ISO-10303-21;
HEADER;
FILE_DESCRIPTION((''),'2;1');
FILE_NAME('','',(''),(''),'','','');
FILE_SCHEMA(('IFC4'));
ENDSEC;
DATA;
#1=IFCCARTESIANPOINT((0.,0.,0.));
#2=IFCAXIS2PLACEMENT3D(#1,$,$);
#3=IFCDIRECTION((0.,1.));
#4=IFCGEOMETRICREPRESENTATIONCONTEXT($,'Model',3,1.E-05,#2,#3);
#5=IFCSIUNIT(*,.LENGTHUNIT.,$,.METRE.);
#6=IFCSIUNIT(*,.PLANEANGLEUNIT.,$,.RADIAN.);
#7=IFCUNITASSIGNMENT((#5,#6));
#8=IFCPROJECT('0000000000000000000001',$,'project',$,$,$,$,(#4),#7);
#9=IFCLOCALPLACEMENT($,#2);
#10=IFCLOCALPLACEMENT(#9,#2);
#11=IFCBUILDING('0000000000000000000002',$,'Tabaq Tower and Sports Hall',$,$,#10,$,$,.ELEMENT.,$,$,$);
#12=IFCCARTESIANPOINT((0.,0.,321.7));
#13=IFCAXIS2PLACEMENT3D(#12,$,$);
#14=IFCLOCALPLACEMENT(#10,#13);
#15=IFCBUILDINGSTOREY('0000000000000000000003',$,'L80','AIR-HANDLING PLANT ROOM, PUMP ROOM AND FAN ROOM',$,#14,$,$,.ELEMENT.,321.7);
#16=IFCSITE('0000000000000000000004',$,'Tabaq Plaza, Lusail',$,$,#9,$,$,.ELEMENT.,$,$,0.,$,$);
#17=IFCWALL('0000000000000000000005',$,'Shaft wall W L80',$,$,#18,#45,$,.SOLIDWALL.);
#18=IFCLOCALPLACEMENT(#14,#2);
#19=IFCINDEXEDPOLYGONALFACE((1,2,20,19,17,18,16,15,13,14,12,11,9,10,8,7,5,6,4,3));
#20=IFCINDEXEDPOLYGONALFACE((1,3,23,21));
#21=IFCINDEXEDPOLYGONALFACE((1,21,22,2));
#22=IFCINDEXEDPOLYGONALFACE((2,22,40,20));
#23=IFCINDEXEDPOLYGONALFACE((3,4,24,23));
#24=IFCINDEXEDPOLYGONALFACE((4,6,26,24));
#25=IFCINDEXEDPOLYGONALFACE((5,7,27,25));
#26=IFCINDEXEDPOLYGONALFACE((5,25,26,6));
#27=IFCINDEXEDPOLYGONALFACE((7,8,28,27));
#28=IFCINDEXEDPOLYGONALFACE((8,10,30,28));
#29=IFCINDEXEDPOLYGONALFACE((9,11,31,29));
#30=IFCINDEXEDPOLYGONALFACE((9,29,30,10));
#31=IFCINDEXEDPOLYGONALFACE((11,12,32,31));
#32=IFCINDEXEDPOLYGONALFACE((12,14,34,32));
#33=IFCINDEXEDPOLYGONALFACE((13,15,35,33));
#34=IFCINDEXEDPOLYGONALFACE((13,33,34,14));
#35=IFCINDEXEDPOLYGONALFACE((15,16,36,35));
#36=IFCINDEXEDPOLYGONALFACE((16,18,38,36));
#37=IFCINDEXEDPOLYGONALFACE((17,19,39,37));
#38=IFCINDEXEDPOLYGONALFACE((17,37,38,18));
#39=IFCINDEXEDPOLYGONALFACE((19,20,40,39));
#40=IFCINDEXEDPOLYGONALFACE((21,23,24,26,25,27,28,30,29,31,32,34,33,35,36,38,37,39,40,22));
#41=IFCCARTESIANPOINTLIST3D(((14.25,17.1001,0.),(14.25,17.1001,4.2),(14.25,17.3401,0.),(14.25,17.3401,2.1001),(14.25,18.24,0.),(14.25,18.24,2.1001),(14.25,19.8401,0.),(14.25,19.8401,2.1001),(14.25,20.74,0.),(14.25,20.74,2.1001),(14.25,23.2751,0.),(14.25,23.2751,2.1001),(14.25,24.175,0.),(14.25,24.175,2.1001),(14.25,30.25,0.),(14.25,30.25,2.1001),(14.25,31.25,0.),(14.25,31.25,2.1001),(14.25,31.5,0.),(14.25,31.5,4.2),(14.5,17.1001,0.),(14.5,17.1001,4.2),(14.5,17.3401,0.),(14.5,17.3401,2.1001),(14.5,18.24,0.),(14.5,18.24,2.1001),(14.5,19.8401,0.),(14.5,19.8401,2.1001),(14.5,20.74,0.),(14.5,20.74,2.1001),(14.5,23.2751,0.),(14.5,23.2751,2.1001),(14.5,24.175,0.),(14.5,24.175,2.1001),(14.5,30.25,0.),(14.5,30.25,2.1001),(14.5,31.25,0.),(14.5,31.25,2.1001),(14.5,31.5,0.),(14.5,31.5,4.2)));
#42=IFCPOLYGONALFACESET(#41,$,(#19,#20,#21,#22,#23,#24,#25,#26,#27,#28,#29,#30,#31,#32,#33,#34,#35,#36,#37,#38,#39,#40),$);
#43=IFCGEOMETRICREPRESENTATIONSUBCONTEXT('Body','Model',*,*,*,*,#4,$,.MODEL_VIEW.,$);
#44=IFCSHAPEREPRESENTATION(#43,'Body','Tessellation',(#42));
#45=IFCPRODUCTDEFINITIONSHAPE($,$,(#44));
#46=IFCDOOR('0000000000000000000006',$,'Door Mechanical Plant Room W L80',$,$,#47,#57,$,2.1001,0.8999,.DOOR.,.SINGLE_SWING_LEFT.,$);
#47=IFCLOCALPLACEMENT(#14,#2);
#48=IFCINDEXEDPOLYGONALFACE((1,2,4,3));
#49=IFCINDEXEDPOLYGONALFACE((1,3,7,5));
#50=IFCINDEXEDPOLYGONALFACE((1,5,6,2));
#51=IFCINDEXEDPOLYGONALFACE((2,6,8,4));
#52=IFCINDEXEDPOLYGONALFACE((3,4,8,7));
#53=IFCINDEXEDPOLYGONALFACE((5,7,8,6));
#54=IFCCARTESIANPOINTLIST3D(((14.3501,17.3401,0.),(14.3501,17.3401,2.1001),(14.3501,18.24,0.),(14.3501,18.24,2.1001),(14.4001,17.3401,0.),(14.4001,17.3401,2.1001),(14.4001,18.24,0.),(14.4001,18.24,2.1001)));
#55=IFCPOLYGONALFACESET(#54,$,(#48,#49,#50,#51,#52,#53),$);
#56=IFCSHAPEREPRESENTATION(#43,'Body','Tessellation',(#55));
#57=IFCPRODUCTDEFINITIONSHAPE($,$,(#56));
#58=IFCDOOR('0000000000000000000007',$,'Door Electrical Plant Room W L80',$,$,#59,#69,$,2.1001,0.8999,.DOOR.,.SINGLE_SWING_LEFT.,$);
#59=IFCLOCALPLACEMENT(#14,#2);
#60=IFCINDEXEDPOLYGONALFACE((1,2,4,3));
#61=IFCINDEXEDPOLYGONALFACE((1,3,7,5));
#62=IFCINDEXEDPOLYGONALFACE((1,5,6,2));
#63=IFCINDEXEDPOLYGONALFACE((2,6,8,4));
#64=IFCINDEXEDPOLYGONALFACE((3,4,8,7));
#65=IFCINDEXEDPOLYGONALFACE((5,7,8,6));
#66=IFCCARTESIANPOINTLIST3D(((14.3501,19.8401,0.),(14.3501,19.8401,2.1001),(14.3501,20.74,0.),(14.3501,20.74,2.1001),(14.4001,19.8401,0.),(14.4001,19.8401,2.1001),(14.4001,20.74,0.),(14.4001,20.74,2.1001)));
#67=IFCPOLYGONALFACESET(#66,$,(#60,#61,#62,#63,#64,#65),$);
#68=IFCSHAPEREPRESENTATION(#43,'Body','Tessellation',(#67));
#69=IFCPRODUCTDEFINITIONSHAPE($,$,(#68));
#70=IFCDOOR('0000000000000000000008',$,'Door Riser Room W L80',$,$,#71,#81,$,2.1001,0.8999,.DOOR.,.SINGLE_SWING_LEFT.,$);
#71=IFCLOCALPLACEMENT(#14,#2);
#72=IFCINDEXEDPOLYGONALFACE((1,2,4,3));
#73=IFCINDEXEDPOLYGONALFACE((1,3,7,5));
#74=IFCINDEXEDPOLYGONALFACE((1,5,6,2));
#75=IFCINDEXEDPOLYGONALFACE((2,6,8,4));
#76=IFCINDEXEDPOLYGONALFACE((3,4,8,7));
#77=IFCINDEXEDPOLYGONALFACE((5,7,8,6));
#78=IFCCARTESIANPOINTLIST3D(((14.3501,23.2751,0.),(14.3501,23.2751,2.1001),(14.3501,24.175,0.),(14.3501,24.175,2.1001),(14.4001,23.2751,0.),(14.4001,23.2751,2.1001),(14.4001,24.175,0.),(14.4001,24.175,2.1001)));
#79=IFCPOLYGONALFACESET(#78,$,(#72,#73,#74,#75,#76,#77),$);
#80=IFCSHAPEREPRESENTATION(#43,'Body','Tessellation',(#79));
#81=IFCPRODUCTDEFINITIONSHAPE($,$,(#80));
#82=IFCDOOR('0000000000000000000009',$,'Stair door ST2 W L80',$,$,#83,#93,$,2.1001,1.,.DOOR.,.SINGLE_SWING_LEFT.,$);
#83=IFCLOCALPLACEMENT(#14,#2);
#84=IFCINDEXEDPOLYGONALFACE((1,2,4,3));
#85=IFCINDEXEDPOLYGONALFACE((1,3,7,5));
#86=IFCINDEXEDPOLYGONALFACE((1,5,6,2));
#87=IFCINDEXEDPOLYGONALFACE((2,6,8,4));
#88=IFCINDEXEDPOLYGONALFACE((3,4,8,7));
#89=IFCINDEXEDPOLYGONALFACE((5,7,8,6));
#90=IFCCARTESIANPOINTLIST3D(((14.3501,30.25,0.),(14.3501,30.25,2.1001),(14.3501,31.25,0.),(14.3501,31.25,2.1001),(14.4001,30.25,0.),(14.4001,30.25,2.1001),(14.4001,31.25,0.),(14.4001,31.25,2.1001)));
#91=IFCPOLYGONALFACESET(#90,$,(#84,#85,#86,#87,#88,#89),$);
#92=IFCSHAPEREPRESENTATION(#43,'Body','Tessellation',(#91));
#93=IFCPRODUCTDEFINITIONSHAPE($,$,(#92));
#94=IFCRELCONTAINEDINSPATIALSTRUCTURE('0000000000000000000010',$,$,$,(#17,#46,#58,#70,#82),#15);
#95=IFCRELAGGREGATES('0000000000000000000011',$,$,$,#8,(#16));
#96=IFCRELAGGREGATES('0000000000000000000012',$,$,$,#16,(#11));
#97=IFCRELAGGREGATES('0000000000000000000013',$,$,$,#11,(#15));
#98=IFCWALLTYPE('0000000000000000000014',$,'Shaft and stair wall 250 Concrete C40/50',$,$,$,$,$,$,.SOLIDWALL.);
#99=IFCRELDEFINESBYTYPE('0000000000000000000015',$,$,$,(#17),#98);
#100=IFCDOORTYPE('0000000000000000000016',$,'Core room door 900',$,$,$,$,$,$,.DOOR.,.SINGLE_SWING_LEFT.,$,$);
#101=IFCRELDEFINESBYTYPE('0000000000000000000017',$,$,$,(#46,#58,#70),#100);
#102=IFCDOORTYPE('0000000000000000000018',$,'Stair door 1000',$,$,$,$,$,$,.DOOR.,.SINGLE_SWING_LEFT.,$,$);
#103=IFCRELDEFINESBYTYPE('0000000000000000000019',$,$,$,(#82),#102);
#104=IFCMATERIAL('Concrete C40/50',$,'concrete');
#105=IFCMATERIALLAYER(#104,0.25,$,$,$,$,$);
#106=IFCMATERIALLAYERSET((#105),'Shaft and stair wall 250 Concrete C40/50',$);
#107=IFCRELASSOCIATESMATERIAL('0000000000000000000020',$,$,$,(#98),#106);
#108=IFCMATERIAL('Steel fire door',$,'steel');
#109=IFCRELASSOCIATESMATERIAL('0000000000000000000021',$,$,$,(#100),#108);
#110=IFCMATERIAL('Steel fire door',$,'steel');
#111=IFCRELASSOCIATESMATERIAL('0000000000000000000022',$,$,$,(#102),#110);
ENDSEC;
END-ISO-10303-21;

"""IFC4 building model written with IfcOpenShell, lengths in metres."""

from ifc_helpers import new_model, si_unit, direction, frame, frame_2d, origin, place, context, subcontext, project, spatial, rectangle, extrude, material, layer, layer_set, type_object, element, fill, save


model = new_model("IFC4")

# Units and contexts
model_context = context("Model", 3, precision=1e-05, world=origin(), true_north=direction((0.0, 1.0)))
body_context = subcontext(model_context, "Body", "Model", "MODEL_VIEW")
ifc_project = project(units=[si_unit("LENGTHUNIT", "METRE"), si_unit("PLANEANGLEUNIT", "RADIAN")], contexts=[model_context])

# Site, building, storey
site_placement = place(None, origin())
site = spatial("IfcSite", under=ifc_project, at=site_placement, Name="Tabaq Plaza, Lusail", CompositionType="ELEMENT", RefElevation=0.0)
building_placement = place(site_placement, origin())
building = spatial("IfcBuilding", under=site, at=building_placement, Name="Tabaq Tower and Sports Hall", CompositionType="ELEMENT")
storey_placement = place(building_placement, frame((0.0, 0.0, 321.7)))
storey = spatial("IfcBuildingStorey", under=building, at=storey_placement, Name="L80", Description="AIR-HANDLING PLANT ROOM, PUMP ROOM AND FAN ROOM", CompositionType="ELEMENT", Elevation=321.7)

# Wall, openings, doors
ifc_material_1 = material(Name="Concrete C40/50", Category="concrete")
ifc_layer_1 = layer(ifc_material_1, 0.25)
ifc_layer_set_1 = layer_set([ifc_layer_1], Name="Shaft and stair wall 250 Concrete C40/50")
wall_type_1 = type_object("IfcWallType", Name="Shaft and stair wall 250 Concrete C40/50", PredefinedType="SOLIDWALL", material=ifc_layer_set_1)
ifc_material_2 = material(Name="Steel fire door", Category="steel")
door_type_1 = type_object("IfcDoorType", Name="Core room door 900", OperationType="SINGLE_SWING_LEFT", PredefinedType="DOOR", material=ifc_material_2)
ifc_material_3 = material(Name="Steel fire door", Category="steel")
door_type_2 = type_object("IfcDoorType", Name="Stair door 1000", OperationType="SINGLE_SWING_LEFT", PredefinedType="DOOR", material=ifc_material_3)
wall_1_placement = place(storey_placement, frame((14.375, 17.1001, 0.0), z_axis=(0.0, 0.0, 1.0), x_axis=(0.0, 1.0, 0.0)))
wall_1 = element("IfcWall", 1, at=wall_1_placement, inside=storey, type_object=wall_type_1, Name="Shaft wall W L80", PredefinedType="SOLIDWALL", context=body_context, shape_type="SweptSolid", body=[
    extrude(rectangle(XDim=14.3999, YDim=0.25, at=frame_2d((7.2, 0.0))), origin(), (0.0, 0.0, 1.0), 4.2),
])
opening_1_placement = place(wall_1_placement, frame((13.1499, 0.0, 0.0)))
opening_1 = element("IfcOpeningElement", 2, at=opening_1_placement, cuts=wall_1, PredefinedType="OPENING", context=body_context, shape_type="SweptSolid", body=[
    extrude(rectangle(XDim=1.0, YDim=2.1001, at=frame_2d((0.5, 1.05))), frame((0.0, 0.125, 0.0), z_axis=(0.0, -1.0, 0.0), x_axis=(1.0, 0.0, 0.0)), (0.0, 0.0, 1.0), 0.25),
])
opening_2_placement = place(wall_1_placement, frame((0.24, 0.0, 0.0)))
opening_2 = element("IfcOpeningElement", 3, at=opening_2_placement, cuts=wall_1, PredefinedType="OPENING", context=body_context, shape_type="SweptSolid", body=[
    extrude(rectangle(XDim=0.8999, YDim=2.1001, at=frame_2d((0.45, 1.05))), frame((0.0, 0.125, 0.0), z_axis=(0.0, -1.0, 0.0), x_axis=(1.0, 0.0, 0.0)), (0.0, 0.0, 1.0), 0.25),
])
opening_3_placement = place(wall_1_placement, frame((2.74, 0.0, 0.0)))
opening_3 = element("IfcOpeningElement", 4, at=opening_3_placement, cuts=wall_1, PredefinedType="OPENING", context=body_context, shape_type="SweptSolid", body=[
    extrude(rectangle(XDim=0.8999, YDim=2.1001, at=frame_2d((0.45, 1.05))), frame((0.0, 0.125, 0.0), z_axis=(0.0, -1.0, 0.0), x_axis=(1.0, 0.0, 0.0)), (0.0, 0.0, 1.0), 0.25),
])
opening_4_placement = place(wall_1_placement, frame((6.175, 0.0, 0.0)))
opening_4 = element("IfcOpeningElement", 5, at=opening_4_placement, cuts=wall_1, PredefinedType="OPENING", context=body_context, shape_type="SweptSolid", body=[
    extrude(rectangle(XDim=0.8999, YDim=2.1001, at=frame_2d((0.45, 1.05))), frame((0.0, 0.125, 0.0), z_axis=(0.0, -1.0, 0.0), x_axis=(1.0, 0.0, 0.0)), (0.0, 0.0, 1.0), 0.25),
])
door_1_placement = place(opening_2_placement, origin())
door_1 = element("IfcDoor", 6, at=door_1_placement, inside=storey, type_object=door_type_1, Name="Door Mechanical Plant Room W L80", OperationType="SINGLE_SWING_LEFT", OverallHeight=2.1001, OverallWidth=0.8999, PredefinedType="DOOR", context=body_context, shape_type="SweptSolid", body=[
    extrude(rectangle(XDim=0.8999, YDim=2.1001, at=frame_2d((0.45, 1.05))), frame((0.0, 0.0249, 0.0), z_axis=(0.0, -1.0, 0.0), x_axis=(1.0, 0.0, 0.0)), (0.0, 0.0, 1.0), 0.05),
])
fill(opening_2, door_1)
door_2_placement = place(opening_3_placement, origin())
door_2 = element("IfcDoor", 7, at=door_2_placement, inside=storey, type_object=door_type_1, Name="Door Electrical Plant Room W L80", OperationType="SINGLE_SWING_LEFT", OverallHeight=2.1001, OverallWidth=0.8999, PredefinedType="DOOR", context=body_context, shape_type="SweptSolid", body=[
    extrude(rectangle(XDim=0.8999, YDim=2.1001, at=frame_2d((0.45, 1.05))), frame((0.0, 0.0249, 0.0), z_axis=(0.0, -1.0, 0.0), x_axis=(1.0, 0.0, 0.0)), (0.0, 0.0, 1.0), 0.05),
])
fill(opening_3, door_2)
door_3_placement = place(opening_4_placement, origin())
door_3 = element("IfcDoor", 8, at=door_3_placement, inside=storey, type_object=door_type_1, Name="Door Riser Room W L80", OperationType="SINGLE_SWING_LEFT", OverallHeight=2.1001, OverallWidth=0.8999, PredefinedType="DOOR", context=body_context, shape_type="SweptSolid", body=[
    extrude(rectangle(XDim=0.8999, YDim=2.1001, at=frame_2d((0.45, 1.05))), frame((0.0, 0.0249, 0.0), z_axis=(0.0, -1.0, 0.0), x_axis=(1.0, 0.0, 0.0)), (0.0, 0.0, 1.0), 0.05),
])
fill(opening_4, door_3)
door_4_placement = place(opening_1_placement, origin())
door_4 = element("IfcDoor", 9, at=door_4_placement, inside=storey, type_object=door_type_2, Name="Stair door ST2 W L80", OperationType="SINGLE_SWING_LEFT", OverallHeight=2.1001, OverallWidth=1.0, PredefinedType="DOOR", context=body_context, shape_type="SweptSolid", body=[
    extrude(rectangle(XDim=1.0, YDim=2.1001, at=frame_2d((0.5, 1.05))), frame((0.0, 0.0249, 0.0), z_axis=(0.0, -1.0, 0.0), x_axis=(1.0, 0.0, 0.0)), (0.0, 0.0, 1.0), 0.05),
])
fill(opening_1, door_4)

save(model, "model.ifc")
